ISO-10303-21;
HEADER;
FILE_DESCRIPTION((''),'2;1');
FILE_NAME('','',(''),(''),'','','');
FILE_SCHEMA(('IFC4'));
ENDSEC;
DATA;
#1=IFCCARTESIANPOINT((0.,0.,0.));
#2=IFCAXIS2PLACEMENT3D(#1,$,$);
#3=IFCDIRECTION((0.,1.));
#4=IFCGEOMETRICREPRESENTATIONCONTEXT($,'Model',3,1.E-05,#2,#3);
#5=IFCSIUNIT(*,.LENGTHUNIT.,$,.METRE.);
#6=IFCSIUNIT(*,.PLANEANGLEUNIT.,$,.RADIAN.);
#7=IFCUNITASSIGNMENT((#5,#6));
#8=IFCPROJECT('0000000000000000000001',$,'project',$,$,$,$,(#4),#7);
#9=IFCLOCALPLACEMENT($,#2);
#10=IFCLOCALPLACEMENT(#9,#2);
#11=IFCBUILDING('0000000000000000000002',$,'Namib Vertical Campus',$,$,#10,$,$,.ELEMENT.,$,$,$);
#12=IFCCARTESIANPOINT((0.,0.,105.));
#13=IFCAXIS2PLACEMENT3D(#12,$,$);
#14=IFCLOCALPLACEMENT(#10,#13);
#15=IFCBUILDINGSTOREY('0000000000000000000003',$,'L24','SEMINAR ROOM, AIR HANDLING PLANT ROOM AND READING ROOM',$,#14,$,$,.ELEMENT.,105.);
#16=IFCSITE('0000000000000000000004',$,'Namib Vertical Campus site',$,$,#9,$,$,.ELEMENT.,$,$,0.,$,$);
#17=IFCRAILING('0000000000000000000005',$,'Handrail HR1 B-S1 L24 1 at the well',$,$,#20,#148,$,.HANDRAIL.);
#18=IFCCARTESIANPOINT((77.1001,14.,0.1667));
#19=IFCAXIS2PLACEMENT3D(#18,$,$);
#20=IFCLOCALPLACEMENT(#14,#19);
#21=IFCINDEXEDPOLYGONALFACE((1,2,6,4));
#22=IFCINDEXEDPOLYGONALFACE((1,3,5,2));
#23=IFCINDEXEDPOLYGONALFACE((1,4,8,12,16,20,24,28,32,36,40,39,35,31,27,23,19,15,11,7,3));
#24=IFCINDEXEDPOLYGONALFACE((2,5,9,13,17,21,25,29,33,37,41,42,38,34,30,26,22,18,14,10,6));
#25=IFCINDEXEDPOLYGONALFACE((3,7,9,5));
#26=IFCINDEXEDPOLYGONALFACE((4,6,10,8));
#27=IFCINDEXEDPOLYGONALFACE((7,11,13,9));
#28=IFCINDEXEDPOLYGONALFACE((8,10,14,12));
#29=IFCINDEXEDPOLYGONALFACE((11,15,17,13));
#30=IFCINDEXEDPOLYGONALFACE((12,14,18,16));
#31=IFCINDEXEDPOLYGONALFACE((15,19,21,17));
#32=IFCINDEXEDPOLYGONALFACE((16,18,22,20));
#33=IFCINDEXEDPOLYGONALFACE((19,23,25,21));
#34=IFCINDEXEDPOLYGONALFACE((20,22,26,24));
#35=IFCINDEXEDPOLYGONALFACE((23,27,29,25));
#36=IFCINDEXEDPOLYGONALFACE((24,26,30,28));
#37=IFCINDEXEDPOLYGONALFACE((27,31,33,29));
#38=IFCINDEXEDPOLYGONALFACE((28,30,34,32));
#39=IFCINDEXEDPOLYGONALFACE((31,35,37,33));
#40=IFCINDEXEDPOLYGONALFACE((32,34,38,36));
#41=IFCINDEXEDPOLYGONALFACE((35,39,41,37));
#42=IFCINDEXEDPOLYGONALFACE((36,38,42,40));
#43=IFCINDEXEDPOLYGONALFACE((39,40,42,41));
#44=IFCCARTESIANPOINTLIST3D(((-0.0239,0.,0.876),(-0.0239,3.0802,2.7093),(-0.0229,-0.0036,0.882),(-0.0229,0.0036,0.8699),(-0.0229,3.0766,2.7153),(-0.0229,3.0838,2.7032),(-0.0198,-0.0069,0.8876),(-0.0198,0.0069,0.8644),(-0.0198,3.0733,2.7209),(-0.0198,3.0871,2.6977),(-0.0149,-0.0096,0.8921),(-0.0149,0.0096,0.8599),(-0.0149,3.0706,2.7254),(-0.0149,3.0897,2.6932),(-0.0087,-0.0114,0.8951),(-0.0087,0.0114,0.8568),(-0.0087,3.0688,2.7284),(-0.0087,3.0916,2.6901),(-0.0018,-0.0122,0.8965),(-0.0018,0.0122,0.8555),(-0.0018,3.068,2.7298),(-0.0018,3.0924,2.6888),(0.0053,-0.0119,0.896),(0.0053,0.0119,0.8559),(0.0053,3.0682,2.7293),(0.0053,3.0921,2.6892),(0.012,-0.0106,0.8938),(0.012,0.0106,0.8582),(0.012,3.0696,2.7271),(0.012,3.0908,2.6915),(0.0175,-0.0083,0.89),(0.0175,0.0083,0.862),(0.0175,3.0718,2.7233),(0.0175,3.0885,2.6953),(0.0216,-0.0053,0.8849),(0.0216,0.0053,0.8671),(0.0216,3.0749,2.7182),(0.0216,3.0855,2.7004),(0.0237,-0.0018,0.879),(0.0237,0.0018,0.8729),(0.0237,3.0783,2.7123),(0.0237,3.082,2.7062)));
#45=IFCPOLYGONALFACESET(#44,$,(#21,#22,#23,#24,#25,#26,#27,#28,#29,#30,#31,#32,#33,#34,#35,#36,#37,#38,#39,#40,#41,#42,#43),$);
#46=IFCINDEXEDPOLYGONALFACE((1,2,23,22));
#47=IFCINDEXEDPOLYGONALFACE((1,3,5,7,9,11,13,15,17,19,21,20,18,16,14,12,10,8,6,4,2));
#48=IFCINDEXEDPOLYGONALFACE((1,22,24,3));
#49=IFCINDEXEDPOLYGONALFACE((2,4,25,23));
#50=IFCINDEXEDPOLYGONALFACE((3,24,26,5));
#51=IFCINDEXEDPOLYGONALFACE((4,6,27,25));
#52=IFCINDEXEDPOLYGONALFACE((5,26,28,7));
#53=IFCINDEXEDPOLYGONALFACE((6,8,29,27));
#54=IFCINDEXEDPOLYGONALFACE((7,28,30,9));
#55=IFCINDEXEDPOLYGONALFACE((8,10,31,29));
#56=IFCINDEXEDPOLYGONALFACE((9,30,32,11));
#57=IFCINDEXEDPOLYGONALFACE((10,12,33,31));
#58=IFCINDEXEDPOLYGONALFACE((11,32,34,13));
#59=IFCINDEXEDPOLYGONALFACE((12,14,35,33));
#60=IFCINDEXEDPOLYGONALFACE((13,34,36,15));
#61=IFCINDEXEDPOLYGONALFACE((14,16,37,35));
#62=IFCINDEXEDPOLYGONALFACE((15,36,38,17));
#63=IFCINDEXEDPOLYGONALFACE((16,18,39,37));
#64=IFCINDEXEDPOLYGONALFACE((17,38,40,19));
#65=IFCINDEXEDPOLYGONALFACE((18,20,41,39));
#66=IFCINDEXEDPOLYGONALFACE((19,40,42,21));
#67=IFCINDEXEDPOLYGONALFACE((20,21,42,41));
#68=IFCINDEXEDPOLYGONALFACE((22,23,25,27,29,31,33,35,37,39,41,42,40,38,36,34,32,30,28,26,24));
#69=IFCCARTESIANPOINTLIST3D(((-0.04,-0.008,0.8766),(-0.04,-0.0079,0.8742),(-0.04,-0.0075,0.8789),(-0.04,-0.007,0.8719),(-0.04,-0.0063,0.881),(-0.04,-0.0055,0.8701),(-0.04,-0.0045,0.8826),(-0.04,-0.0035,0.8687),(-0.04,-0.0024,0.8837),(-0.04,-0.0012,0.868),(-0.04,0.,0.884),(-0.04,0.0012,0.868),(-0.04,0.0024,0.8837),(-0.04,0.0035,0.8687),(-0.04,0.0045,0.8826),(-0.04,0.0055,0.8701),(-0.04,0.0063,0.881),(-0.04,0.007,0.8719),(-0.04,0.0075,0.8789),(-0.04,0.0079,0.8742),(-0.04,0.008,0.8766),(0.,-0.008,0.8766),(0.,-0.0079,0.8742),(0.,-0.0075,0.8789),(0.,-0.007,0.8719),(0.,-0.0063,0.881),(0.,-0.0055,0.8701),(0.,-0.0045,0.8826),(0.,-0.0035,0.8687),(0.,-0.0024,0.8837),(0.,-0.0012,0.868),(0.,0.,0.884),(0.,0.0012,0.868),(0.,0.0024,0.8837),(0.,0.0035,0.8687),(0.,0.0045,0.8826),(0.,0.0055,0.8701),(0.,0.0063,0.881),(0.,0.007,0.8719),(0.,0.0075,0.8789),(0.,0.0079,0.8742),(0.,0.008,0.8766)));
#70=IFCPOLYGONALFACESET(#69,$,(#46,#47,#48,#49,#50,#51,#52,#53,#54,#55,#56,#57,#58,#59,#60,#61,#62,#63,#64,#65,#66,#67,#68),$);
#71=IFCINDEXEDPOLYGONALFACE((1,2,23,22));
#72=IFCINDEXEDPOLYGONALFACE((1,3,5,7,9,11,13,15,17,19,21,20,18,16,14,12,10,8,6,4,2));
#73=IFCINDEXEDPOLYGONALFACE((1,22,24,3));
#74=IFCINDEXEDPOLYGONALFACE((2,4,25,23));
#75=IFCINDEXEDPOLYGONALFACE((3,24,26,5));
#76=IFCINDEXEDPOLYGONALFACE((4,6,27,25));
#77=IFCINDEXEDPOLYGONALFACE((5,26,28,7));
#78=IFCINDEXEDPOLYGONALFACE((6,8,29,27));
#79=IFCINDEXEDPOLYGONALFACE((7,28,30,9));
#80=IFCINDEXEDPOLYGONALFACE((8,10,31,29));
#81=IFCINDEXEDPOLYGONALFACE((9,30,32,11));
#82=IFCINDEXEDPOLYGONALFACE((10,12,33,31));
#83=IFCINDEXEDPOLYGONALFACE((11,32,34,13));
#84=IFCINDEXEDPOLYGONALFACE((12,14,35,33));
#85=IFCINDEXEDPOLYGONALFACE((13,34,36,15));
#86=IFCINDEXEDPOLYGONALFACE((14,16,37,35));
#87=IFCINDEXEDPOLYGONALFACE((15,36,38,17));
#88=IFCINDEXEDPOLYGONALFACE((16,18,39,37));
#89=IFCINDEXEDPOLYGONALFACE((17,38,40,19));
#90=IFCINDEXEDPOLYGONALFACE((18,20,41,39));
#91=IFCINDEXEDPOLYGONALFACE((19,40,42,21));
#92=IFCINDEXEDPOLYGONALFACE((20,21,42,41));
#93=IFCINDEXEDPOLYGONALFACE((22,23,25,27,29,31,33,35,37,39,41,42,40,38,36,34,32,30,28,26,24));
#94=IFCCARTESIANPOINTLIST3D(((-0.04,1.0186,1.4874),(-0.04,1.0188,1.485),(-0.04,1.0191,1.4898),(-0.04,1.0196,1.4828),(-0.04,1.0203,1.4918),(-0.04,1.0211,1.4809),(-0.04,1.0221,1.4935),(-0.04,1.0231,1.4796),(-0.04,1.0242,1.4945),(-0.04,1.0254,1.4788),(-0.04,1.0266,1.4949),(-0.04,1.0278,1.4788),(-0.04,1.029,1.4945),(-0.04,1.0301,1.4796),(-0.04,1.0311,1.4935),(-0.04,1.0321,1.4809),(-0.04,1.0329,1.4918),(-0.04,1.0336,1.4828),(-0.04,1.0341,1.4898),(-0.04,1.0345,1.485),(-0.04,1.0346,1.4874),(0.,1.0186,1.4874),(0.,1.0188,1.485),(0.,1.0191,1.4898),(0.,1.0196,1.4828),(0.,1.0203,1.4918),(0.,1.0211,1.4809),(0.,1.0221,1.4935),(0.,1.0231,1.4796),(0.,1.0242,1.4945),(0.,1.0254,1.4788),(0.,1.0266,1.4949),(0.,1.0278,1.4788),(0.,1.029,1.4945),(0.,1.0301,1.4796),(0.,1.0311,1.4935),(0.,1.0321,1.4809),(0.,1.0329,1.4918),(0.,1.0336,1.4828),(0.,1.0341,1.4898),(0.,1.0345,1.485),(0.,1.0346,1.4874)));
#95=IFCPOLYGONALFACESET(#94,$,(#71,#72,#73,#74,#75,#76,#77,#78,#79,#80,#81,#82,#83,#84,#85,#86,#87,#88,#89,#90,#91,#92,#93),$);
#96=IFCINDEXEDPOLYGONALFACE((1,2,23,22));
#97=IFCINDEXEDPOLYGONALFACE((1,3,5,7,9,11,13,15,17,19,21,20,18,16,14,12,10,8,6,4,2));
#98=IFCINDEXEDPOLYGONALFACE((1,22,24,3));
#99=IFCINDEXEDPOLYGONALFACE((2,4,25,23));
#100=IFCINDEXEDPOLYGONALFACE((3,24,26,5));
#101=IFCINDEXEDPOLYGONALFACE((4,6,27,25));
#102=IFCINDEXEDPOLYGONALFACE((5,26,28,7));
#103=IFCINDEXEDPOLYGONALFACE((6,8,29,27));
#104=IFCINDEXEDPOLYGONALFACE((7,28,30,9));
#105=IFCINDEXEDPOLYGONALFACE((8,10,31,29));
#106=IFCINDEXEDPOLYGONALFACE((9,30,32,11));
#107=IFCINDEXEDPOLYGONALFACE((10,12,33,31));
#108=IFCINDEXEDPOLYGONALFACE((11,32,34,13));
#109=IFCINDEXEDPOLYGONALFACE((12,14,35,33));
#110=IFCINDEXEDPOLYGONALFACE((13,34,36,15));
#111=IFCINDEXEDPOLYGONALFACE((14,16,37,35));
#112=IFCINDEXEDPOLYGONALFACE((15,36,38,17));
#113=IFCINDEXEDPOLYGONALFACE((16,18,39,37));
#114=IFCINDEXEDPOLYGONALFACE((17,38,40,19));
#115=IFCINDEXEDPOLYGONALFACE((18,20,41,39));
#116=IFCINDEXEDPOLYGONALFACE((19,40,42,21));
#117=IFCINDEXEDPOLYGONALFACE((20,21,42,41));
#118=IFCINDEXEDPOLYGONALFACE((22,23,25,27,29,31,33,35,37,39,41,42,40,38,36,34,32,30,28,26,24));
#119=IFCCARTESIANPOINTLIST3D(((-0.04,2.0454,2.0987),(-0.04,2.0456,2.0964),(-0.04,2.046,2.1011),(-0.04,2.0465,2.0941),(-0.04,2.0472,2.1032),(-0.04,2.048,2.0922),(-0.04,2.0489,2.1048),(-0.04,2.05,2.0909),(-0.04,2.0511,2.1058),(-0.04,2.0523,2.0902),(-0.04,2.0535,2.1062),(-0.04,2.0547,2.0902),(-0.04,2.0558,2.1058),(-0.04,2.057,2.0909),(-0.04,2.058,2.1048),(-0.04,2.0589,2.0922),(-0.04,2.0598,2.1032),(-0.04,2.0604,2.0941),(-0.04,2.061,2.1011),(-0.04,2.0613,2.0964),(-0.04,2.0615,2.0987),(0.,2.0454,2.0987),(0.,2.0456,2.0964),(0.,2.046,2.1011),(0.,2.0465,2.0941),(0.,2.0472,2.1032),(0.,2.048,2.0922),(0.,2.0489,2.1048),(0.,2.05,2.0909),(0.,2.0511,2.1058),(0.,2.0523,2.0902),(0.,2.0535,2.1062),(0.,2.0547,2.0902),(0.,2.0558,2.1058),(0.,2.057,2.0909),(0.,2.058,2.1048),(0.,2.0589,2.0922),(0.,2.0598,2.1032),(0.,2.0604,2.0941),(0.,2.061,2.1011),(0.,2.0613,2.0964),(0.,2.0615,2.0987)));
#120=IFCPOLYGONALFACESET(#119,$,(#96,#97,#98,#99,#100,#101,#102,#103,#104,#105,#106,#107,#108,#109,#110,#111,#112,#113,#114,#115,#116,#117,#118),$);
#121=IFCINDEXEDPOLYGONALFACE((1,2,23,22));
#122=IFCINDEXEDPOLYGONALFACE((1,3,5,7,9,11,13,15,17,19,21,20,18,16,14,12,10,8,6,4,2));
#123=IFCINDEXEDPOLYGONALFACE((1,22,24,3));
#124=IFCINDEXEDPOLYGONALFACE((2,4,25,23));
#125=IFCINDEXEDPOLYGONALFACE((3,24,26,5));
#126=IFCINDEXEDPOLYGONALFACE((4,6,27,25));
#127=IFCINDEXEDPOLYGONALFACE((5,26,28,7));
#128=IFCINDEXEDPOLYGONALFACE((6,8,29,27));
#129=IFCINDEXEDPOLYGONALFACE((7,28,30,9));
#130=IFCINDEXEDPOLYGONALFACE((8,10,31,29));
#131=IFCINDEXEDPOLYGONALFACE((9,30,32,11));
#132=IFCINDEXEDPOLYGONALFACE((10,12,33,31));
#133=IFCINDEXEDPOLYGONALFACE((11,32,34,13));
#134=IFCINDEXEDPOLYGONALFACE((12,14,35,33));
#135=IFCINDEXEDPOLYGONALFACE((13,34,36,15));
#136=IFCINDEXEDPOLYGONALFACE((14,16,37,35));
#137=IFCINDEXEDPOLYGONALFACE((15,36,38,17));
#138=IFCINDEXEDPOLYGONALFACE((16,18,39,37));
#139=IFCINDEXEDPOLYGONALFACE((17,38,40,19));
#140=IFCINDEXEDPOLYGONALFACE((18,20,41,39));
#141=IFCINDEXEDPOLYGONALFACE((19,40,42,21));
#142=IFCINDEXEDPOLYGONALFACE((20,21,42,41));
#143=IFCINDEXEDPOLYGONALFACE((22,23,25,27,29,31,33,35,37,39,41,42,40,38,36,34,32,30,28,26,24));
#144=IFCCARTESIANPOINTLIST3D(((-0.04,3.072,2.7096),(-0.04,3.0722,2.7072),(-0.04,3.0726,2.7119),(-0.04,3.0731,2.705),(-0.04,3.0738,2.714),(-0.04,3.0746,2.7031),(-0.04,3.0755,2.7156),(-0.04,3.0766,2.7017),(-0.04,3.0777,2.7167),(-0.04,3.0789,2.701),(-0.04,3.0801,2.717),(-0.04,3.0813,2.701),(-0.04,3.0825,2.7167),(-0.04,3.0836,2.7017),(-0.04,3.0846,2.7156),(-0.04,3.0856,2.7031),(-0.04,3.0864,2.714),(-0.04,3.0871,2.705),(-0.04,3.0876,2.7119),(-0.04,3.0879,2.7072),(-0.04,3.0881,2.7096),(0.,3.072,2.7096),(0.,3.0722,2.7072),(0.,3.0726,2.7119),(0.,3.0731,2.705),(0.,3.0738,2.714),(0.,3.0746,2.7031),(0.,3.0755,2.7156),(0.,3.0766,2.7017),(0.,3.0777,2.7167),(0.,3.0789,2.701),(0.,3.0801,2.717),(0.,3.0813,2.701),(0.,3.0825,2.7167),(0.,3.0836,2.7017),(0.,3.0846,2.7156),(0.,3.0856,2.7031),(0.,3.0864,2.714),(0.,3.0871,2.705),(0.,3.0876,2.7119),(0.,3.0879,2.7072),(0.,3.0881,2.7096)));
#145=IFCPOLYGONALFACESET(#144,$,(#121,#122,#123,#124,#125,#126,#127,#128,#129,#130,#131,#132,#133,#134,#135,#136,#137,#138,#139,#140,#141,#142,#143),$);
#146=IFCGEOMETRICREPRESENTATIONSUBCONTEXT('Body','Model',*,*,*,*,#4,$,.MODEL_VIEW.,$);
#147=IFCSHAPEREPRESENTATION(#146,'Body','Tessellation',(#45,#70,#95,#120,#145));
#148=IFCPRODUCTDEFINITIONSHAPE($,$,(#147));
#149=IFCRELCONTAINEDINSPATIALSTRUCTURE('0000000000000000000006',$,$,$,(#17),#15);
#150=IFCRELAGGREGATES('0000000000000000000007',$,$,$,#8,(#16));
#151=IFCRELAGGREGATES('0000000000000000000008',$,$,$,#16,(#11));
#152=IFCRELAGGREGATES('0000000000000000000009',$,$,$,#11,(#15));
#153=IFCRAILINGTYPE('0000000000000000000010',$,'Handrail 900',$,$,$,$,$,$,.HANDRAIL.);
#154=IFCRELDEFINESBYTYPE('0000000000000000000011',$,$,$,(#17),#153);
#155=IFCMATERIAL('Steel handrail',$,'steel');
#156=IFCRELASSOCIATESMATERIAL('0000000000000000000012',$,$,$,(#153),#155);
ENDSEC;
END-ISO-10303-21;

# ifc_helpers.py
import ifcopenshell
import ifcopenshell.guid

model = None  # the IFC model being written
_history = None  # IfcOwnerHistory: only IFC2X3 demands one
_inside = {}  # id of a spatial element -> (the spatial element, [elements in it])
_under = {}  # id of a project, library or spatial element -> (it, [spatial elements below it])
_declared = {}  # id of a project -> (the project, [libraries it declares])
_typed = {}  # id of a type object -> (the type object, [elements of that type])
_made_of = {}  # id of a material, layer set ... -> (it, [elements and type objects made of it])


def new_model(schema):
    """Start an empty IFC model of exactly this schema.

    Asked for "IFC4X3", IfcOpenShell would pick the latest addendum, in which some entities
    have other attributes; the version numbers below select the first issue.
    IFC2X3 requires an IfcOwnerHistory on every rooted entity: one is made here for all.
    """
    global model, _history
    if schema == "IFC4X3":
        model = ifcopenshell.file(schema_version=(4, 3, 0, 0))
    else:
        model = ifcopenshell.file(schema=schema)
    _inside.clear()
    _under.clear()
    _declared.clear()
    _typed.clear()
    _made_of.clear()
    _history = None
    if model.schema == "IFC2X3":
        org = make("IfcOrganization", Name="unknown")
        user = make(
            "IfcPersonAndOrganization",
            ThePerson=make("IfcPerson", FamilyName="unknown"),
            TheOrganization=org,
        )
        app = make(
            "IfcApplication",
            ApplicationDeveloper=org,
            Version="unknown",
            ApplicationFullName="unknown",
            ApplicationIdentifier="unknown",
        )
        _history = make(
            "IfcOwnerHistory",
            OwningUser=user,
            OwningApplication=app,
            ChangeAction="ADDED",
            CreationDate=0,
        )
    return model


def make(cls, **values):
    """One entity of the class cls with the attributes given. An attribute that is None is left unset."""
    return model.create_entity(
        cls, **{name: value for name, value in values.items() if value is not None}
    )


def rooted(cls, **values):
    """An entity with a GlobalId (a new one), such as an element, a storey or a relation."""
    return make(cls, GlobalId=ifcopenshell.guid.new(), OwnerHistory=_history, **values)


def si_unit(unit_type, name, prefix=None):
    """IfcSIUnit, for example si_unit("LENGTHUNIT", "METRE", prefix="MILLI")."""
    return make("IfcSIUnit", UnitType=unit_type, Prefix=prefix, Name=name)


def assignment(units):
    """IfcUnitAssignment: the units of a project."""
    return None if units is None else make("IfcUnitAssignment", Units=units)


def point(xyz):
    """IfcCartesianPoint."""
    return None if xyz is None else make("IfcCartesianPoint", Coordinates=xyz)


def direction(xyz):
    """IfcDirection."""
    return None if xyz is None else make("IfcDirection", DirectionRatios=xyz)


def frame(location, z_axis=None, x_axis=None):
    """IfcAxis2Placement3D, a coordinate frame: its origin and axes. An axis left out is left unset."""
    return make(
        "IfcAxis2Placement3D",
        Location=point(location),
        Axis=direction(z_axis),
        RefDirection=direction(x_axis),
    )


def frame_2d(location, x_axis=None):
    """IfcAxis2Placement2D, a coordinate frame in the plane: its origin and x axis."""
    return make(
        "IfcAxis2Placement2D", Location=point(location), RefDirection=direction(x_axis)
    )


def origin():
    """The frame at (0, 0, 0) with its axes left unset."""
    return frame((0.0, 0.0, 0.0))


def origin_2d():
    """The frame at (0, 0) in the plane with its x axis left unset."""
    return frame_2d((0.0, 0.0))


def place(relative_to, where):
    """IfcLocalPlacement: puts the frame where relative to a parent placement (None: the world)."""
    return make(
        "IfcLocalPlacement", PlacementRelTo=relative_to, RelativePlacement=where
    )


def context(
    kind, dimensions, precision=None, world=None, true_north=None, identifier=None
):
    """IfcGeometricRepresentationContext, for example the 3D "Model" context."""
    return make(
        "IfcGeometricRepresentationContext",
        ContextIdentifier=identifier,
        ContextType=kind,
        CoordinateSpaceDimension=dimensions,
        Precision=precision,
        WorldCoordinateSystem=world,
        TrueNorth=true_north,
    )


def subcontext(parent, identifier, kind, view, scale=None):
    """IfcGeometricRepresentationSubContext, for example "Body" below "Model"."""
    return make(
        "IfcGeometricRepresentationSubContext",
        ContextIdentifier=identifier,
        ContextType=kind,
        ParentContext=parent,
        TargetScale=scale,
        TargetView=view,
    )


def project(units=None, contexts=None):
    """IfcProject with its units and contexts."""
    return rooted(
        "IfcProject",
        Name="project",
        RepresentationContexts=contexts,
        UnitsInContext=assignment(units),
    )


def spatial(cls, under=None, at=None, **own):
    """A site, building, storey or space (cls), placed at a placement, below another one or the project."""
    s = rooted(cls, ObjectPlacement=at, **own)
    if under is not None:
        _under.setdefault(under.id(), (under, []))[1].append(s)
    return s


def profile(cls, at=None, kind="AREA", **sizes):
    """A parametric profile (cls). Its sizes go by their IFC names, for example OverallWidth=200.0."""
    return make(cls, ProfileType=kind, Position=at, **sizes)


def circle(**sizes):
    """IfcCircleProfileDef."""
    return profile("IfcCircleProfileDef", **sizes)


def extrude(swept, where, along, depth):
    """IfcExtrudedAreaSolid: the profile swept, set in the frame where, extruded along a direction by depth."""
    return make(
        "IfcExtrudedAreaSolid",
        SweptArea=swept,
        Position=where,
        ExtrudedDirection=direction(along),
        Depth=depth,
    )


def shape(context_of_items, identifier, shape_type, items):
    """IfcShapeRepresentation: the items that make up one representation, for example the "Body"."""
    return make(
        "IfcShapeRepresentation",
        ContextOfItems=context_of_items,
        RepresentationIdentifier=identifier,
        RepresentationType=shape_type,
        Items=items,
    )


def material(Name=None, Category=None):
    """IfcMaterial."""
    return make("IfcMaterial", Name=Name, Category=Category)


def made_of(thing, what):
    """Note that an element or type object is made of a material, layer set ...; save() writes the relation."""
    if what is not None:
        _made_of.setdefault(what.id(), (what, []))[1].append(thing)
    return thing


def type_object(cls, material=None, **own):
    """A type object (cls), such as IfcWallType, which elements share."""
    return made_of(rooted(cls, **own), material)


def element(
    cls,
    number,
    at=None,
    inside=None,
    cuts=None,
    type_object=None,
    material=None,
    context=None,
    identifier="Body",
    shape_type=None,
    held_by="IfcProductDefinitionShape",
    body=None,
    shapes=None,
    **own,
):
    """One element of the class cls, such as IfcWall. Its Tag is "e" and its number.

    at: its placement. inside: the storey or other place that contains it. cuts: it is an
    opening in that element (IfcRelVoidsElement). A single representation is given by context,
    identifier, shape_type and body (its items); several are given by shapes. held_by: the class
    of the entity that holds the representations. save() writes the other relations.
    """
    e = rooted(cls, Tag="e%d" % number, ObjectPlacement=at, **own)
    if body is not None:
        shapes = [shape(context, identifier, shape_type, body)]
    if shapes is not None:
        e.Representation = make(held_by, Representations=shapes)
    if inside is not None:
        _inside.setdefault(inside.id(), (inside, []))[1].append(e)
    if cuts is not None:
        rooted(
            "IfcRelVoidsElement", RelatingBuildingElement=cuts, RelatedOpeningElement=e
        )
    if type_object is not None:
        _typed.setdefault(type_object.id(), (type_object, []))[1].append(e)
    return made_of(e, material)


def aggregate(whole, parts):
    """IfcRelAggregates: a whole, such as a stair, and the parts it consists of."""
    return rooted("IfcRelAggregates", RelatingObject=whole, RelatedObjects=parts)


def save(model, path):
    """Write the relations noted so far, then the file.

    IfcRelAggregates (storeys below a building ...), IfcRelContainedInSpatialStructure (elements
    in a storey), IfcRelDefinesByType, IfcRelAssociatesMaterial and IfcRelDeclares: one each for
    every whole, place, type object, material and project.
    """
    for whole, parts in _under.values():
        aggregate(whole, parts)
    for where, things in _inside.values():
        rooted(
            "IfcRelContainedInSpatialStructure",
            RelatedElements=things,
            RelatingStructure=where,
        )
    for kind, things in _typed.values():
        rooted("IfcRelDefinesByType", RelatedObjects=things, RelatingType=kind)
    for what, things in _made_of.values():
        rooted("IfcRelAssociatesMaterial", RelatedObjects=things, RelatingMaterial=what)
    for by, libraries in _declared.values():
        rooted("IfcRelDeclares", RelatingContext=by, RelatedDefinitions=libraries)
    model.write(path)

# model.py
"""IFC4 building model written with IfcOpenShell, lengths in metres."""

from ifc_helpers import new_model, si_unit, direction, frame, origin, origin_2d, place, context, subcontext, project, spatial, circle, extrude, material, type_object, element, save


model = new_model("IFC4")

# Units and contexts
model_context = context("Model", 3, precision=1e-05, world=origin(), true_north=direction((0.0, 1.0)))
body_context = subcontext(model_context, "Body", "Model", "MODEL_VIEW")
ifc_project = project(units=[si_unit("LENGTHUNIT", "METRE"), si_unit("PLANEANGLEUNIT", "RADIAN")], contexts=[model_context])

# Site, building, storey
site_placement = place(None, origin())
site = spatial("IfcSite", under=ifc_project, at=site_placement, Name="Namib Vertical Campus site", CompositionType="ELEMENT", RefElevation=0.0)
building_placement = place(site_placement, origin())
building = spatial("IfcBuilding", under=site, at=building_placement, Name="Namib Vertical Campus", CompositionType="ELEMENT")
storey_placement = place(building_placement, frame((0.0, 0.0, 105.0)))
storey = spatial("IfcBuildingStorey", under=building, at=storey_placement, Name="L24", Description="SEMINAR ROOM, AIR HANDLING PLANT ROOM AND READING ROOM", CompositionType="ELEMENT", Elevation=105.0)

# Railing
ifc_material_1 = material(Name="Steel handrail", Category="steel")
railing_type_1 = type_object("IfcRailingType", Name="Handrail 900", PredefinedType="HANDRAIL", material=ifc_material_1)
railing_1_placement = place(storey_placement, frame((77.1001, 14.0, 0.1667)))
element("IfcRailing", 1, at=railing_1_placement, inside=storey, type_object=railing_type_1, Name="Handrail HR1 B-S1 L24 1 at the well", PredefinedType="HANDRAIL", context=body_context, shape_type="SweptSolid", body=[
    extrude(circle(Radius=0.0239, at=origin_2d()), frame((0.0, 0.0, 0.876), z_axis=(0.0, 0.859309, 0.511458), x_axis=(-1.0, 0.0, 0.0)), (0.0, 0.0, 1.0), 3.5845),
    extrude(circle(Radius=0.0081, at=origin_2d()), frame((0.0, 0.0, 0.876), z_axis=(-1.0, 0.0, 0.0), x_axis=(0.0, 0.0, 1.0)), (0.0, 0.0, 1.0), 0.04),
    extrude(circle(Radius=0.0081, at=origin_2d()), frame((0.0, 1.0266, 1.4868), z_axis=(-1.0, 0.0, 0.0), x_axis=(0.0, 0.0, 1.0)), (0.0, 0.0, 1.0), 0.04),
    extrude(circle(Radius=0.0081, at=origin_2d()), frame((0.0, 2.0535, 2.0981), z_axis=(-1.0, 0.0, 0.0), x_axis=(0.0, 0.0, 1.0)), (0.0, 0.0, 1.0), 0.04),
    extrude(circle(Radius=0.0081, at=origin_2d()), frame((0.0, 3.0801, 2.709), z_axis=(-1.0, 0.0, 0.0), x_axis=(0.0, 0.0, 1.0)), (0.0, 0.0, 1.0), 0.04),
])

save(model, "model.ifc")
